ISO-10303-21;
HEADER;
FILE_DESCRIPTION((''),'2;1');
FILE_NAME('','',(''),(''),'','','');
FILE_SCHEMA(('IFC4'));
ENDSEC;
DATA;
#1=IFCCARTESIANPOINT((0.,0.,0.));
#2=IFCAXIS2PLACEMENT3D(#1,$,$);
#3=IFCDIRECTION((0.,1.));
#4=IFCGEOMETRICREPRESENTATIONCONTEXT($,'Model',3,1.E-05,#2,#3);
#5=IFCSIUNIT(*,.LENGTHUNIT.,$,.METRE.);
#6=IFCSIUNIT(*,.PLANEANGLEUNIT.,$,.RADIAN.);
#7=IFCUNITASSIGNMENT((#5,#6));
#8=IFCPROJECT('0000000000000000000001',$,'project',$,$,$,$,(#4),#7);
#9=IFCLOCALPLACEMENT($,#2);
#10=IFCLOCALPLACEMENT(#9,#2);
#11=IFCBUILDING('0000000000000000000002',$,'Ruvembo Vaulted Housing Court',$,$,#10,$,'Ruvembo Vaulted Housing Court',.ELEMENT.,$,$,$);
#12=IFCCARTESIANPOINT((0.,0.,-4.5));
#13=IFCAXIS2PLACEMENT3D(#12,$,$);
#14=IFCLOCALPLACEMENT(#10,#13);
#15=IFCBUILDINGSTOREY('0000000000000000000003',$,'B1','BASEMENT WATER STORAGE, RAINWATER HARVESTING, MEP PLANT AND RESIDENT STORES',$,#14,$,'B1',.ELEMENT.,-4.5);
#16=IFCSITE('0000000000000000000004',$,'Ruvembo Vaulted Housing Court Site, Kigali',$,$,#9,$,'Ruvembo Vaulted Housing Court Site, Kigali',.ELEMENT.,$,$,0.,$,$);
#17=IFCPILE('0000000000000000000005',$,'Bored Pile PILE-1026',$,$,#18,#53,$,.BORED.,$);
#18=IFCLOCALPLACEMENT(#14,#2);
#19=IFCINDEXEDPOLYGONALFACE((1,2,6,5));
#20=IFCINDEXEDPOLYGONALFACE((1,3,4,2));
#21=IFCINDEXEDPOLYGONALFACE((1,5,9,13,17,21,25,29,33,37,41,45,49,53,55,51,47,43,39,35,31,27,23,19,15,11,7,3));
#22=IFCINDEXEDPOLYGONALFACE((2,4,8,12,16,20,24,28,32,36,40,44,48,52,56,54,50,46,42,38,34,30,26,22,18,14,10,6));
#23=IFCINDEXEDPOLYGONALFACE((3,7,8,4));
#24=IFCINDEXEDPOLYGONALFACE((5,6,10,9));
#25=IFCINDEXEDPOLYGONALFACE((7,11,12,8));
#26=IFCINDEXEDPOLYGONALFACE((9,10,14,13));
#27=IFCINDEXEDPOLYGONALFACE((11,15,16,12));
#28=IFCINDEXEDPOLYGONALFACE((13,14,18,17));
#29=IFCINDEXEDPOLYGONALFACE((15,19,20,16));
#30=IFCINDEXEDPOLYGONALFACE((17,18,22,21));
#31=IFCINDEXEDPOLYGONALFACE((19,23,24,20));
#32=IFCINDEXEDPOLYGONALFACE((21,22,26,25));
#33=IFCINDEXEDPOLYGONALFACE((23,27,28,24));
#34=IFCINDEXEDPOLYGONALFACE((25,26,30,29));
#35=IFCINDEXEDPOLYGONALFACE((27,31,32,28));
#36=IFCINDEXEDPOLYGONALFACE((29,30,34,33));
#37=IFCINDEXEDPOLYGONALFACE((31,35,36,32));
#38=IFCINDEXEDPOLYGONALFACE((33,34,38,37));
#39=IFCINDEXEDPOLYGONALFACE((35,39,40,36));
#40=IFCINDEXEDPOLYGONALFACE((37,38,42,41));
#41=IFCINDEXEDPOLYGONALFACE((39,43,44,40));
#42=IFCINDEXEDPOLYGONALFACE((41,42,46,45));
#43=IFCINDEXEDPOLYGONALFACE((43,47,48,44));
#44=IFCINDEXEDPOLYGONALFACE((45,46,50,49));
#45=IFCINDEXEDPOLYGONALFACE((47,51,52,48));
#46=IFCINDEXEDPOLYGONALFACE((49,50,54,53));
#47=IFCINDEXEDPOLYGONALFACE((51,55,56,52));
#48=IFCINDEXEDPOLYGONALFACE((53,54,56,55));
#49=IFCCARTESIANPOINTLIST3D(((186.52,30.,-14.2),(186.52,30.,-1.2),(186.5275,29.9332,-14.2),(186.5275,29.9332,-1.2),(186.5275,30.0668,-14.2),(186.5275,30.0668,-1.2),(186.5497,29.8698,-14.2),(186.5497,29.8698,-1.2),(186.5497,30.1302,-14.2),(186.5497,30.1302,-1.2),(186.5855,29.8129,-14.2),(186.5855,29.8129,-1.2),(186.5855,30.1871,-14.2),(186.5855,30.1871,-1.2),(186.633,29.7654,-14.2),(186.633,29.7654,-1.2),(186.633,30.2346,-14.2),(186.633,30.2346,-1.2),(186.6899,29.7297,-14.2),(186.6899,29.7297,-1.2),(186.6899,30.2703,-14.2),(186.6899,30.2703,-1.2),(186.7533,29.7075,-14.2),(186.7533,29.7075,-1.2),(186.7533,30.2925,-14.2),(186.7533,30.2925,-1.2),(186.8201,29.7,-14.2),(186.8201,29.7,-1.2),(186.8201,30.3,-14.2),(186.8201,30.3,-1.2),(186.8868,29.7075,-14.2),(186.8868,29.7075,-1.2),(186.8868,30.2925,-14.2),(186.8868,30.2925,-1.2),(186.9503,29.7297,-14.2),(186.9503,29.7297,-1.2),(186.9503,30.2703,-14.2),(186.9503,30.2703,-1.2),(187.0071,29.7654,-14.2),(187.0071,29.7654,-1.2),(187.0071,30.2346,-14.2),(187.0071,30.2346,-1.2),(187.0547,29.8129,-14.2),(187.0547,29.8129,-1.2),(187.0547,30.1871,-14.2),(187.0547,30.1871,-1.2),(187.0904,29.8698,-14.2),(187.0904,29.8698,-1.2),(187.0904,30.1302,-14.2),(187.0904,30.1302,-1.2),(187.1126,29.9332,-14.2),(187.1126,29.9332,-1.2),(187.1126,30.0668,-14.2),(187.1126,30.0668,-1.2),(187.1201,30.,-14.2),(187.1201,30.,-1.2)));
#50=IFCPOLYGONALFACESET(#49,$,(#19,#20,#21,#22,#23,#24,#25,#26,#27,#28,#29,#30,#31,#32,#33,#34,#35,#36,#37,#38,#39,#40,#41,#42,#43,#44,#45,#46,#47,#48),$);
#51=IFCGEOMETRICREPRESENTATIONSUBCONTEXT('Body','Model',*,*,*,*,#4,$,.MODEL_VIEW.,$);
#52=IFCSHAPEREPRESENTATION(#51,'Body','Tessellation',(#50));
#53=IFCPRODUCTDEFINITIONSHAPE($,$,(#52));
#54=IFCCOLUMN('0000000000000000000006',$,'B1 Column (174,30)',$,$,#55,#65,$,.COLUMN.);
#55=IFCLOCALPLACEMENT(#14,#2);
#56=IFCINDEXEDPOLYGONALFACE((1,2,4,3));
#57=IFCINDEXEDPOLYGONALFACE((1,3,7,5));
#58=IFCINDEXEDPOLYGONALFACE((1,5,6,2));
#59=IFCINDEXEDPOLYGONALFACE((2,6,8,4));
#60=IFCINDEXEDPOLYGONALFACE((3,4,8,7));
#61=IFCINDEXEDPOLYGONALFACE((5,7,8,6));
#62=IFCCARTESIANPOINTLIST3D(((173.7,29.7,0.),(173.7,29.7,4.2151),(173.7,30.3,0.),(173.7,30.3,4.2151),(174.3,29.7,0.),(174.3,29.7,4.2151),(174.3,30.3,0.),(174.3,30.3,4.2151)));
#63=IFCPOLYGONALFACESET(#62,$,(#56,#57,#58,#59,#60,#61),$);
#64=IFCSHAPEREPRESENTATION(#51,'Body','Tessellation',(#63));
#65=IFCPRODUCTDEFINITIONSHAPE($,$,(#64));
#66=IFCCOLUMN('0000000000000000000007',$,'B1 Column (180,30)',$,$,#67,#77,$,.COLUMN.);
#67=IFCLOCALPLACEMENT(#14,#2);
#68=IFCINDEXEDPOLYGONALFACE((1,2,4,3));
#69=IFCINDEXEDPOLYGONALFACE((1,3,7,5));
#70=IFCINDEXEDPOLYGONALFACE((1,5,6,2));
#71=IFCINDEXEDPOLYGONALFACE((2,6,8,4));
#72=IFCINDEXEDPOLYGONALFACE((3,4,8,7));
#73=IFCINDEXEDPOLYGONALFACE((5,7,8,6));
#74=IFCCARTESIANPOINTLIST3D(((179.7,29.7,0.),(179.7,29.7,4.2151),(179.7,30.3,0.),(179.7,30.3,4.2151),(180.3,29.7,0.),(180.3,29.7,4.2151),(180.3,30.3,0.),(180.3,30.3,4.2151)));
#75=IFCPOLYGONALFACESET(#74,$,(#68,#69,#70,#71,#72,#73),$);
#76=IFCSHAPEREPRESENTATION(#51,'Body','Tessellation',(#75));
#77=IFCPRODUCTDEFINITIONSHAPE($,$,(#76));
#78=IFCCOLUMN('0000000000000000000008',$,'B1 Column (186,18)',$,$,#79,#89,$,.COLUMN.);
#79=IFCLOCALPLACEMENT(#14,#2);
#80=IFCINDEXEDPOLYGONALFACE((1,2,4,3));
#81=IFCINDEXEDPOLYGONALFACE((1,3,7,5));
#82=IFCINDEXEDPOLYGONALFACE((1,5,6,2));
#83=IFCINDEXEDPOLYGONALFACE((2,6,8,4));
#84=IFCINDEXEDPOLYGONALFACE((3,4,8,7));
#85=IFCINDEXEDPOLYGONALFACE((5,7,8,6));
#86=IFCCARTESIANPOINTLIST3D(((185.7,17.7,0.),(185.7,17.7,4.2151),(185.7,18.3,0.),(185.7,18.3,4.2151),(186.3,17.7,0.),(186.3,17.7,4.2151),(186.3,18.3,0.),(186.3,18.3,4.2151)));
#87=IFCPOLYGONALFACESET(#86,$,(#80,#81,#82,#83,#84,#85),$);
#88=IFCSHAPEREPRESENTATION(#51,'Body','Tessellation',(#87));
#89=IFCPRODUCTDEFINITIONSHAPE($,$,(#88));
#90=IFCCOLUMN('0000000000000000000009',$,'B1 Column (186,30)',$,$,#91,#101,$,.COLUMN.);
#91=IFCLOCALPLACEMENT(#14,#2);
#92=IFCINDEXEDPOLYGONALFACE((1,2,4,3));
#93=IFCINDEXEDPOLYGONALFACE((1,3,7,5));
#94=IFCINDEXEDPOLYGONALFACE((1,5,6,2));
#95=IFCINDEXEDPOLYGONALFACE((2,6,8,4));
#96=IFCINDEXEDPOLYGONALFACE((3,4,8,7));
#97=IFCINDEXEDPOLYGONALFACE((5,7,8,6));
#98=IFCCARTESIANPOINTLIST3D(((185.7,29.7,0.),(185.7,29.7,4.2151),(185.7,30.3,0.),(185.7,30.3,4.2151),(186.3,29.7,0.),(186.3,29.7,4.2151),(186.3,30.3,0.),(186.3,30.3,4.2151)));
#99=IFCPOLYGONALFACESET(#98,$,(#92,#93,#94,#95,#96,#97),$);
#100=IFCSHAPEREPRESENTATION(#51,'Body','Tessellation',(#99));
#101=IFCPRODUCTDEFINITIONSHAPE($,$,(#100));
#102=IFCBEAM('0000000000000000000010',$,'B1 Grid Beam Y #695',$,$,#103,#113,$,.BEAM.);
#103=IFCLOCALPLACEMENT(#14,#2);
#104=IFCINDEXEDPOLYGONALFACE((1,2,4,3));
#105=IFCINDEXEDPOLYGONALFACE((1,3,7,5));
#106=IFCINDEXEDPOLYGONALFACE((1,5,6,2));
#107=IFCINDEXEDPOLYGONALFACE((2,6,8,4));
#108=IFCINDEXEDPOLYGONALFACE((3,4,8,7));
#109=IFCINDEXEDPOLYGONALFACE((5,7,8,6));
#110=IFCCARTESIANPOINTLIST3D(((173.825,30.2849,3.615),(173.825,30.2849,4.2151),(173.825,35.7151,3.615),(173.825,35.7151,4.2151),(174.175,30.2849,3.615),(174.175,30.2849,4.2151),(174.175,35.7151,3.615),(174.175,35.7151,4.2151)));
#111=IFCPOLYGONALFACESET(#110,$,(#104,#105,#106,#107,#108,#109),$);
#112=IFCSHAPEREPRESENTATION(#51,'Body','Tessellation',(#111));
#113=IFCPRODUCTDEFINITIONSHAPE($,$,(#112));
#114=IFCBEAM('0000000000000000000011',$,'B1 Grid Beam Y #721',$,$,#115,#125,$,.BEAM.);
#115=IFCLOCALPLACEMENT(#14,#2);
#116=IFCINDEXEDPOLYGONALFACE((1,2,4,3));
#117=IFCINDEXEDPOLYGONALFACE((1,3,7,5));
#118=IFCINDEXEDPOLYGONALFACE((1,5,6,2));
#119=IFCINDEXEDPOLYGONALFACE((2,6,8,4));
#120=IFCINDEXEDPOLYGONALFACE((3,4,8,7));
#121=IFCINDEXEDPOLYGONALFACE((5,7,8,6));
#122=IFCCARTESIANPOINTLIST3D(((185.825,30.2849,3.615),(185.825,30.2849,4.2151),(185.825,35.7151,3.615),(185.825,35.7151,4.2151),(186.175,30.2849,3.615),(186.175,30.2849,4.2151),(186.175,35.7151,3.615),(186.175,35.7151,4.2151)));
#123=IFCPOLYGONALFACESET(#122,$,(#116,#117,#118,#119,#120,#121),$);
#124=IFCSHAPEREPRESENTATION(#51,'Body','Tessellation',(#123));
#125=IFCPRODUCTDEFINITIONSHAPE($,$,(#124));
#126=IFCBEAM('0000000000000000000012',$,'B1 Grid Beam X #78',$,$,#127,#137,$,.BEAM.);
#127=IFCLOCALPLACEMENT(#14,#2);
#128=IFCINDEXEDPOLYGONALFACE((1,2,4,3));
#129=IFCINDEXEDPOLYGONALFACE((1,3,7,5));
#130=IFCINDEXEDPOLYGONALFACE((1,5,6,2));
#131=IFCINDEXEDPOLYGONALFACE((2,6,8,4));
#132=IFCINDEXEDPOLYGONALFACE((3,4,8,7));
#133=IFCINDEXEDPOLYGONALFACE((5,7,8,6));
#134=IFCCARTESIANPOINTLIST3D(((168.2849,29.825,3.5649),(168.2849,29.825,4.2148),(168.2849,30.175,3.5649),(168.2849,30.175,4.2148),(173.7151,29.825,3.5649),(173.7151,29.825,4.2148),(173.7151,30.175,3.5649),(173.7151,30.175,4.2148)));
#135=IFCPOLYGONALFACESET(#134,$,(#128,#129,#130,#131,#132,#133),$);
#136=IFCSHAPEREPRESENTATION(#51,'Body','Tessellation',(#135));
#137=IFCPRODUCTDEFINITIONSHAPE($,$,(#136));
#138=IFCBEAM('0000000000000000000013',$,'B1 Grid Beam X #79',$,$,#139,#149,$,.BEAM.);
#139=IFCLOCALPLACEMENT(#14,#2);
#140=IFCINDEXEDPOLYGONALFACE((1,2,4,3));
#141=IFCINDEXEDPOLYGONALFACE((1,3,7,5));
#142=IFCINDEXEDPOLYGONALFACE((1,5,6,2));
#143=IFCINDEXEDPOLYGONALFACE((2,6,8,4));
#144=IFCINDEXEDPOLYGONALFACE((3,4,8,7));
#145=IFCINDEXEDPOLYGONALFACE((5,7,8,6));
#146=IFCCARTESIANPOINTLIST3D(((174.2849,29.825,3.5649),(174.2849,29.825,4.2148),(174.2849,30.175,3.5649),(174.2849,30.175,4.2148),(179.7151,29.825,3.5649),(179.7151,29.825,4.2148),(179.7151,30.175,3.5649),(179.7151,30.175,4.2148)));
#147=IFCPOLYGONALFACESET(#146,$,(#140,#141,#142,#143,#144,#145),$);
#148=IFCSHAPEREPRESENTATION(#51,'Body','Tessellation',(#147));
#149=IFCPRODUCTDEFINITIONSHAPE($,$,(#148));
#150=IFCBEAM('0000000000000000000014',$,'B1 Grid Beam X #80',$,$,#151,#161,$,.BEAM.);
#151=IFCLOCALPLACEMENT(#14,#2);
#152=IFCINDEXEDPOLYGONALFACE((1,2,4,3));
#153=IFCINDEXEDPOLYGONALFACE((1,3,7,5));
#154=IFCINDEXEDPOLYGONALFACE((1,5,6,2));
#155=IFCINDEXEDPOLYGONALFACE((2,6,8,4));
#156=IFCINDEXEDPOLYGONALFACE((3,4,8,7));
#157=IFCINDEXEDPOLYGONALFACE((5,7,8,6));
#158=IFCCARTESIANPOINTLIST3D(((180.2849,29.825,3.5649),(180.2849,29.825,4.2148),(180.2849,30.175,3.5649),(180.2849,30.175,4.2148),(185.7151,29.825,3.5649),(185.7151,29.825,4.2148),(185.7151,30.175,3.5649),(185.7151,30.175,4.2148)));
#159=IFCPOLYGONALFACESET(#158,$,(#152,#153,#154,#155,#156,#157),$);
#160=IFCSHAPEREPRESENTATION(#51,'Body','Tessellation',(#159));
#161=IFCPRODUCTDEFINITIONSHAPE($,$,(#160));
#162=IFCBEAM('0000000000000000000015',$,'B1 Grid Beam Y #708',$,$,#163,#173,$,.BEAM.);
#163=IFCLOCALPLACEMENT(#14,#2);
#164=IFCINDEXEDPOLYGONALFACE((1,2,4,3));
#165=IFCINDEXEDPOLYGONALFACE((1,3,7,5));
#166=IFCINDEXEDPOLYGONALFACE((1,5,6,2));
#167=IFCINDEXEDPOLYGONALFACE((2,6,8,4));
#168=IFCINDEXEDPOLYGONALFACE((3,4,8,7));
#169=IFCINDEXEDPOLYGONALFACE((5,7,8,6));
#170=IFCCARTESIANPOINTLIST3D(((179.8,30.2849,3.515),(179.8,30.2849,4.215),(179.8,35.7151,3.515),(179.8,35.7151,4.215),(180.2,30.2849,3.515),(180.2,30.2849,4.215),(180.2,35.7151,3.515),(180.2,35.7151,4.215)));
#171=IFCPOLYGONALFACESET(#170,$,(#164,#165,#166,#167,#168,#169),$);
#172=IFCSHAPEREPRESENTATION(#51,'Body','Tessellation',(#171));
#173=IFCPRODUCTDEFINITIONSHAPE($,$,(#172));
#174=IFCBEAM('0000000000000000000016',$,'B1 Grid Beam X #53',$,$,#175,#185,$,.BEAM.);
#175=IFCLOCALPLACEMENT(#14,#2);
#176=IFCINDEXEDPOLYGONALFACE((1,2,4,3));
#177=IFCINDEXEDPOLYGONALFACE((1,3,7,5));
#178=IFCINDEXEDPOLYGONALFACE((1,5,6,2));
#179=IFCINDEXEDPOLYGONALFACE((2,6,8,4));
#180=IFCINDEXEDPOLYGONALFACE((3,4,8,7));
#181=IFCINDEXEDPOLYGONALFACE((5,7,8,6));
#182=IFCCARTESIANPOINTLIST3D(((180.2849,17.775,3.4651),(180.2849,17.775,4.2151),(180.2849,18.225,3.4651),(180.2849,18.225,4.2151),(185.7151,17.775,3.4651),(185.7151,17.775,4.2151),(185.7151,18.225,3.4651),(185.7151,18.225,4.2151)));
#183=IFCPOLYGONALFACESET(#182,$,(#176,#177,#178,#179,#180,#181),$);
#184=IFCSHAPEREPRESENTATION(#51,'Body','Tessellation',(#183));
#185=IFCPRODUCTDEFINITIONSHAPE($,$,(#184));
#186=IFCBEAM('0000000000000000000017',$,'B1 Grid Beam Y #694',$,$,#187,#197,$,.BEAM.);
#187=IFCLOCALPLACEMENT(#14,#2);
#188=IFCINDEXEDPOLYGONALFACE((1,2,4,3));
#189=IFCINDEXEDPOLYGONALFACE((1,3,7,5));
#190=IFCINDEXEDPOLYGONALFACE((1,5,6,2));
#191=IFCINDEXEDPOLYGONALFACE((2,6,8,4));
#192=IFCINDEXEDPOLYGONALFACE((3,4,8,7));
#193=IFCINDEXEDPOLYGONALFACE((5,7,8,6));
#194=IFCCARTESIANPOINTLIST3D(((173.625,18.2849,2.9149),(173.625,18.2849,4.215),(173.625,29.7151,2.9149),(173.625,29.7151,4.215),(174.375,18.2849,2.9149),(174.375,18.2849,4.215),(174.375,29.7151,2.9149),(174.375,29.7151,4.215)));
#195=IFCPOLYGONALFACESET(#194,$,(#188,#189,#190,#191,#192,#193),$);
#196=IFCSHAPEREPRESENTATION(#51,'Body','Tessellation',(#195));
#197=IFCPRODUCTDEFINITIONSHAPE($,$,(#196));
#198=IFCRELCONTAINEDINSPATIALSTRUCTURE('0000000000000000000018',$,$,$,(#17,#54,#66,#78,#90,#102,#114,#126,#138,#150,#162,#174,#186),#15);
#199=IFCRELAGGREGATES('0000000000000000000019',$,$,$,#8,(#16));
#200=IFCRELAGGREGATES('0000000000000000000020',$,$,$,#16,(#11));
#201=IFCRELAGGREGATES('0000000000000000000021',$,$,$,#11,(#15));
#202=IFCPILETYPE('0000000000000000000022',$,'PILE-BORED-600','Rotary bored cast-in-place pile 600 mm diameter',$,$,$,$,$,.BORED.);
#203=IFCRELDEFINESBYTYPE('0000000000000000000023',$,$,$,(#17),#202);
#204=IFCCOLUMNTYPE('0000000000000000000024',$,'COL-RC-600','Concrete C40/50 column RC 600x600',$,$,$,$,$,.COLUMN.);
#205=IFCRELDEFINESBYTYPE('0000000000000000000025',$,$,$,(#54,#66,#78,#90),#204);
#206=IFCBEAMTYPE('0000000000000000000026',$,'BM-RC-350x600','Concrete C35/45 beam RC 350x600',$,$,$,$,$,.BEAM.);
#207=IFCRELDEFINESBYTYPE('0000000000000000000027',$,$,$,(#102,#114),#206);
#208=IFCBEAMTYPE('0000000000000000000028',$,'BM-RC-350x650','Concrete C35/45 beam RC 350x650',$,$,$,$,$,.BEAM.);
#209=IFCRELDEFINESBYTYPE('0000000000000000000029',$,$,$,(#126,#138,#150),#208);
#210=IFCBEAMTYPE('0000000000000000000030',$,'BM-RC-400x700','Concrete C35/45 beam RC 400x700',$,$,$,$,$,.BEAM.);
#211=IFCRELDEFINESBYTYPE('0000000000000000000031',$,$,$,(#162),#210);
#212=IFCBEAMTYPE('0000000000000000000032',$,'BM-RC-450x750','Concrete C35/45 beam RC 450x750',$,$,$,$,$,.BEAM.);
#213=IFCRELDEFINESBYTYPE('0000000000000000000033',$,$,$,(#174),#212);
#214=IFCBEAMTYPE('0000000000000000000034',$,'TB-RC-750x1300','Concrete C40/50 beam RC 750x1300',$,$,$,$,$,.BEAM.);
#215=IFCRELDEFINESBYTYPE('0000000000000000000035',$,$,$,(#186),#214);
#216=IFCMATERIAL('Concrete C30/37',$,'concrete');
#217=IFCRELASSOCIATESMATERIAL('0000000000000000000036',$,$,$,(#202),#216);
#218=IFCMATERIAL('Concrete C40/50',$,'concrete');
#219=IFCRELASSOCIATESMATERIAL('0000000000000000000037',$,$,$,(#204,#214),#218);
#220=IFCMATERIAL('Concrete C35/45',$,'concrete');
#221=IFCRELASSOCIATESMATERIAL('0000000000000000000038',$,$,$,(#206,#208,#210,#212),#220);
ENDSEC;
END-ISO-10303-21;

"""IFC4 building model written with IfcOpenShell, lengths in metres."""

from ifc_helpers import new_model, si_unit, direction, frame, origin, origin_2d, place, context, subcontext, project, spatial, rectangle, circle, extrude, material, material_profile, profile_set, type_object, element, save


model = new_model("IFC4")

# Units and contexts
model_context = context("Model", 3, precision=1e-05, world=origin(), true_north=direction((0.0, 1.0)))
body_context = subcontext(model_context, "Body", "Model", "MODEL_VIEW")
ifc_project = project(units=[si_unit("LENGTHUNIT", "METRE"), si_unit("PLANEANGLEUNIT", "RADIAN")], contexts=[model_context])

# Site, building, storey
site_placement = place(None, origin())
site = spatial("IfcSite", under=ifc_project, at=site_placement, Name="Ruvembo Vaulted Housing Court Site, Kigali", LongName="Ruvembo Vaulted Housing Court Site, Kigali", CompositionType="ELEMENT", RefElevation=0.0)
building_placement = place(site_placement, origin())
building = spatial("IfcBuilding", under=site, at=building_placement, Name="Ruvembo Vaulted Housing Court", LongName="Ruvembo Vaulted Housing Court", CompositionType="ELEMENT")
storey_placement = place(building_placement, frame((0.0, 0.0, -4.5)))
storey = spatial("IfcBuildingStorey", under=building, at=storey_placement, Name="B1", Description="BASEMENT WATER STORAGE, RAINWATER HARVESTING, MEP PLANT AND RESIDENT STORES", LongName="B1", CompositionType="ELEMENT", Elevation=-4.5)

# Shared definitions
ifc_material_1 = material(Name="Concrete C35/45", Category="concrete")

# Pile
ifc_material_2 = material(Name="Concrete C30/37", Category="concrete")
ifc_material_profile_1 = material_profile(ifc_material_2, circle(Radius=0.3, at=origin_2d()), Name="PILE D600")
ifc_profile_set_1 = profile_set([ifc_material_profile_1], Name="Concrete C30/37")
pile_type = type_object("IfcPileType", Name="PILE-BORED-600", Description="Rotary bored cast-in-place pile 600 mm diameter", PredefinedType="BORED", material=ifc_profile_set_1)
for number, where, z_axis, x_axis, name in (
    (1, (186.8201, 30.0, -1.2), (0.0, 0.0, -1.0), (1.0, 0.0, 0.0), "Bored Pile PILE-1026"),
):
    element("IfcPile", number, at=place(storey_placement, frame(where, z_axis=z_axis, x_axis=x_axis)), inside=storey, type_object=pile_type, Name=name, PredefinedType="BORED", context=body_context, shape_type="SweptSolid", body=[
        extrude(circle(Radius=0.3, at=origin_2d()), origin(), (0.0, 0.0, 1.0), 13.0),
    ])

# Columns
ifc_material_3 = material(Name="Concrete C40/50", Category="concrete")
ifc_material_profile_2 = material_profile(ifc_material_3, rectangle(XDim=0.6001, YDim=0.6001, at=origin_2d()), Name="RC 600x600")
ifc_profile_set_2 = profile_set([ifc_material_profile_2], Name="Concrete C40/50")
column_type = type_object("IfcColumnType", Name="COL-RC-600", Description="Concrete C40/50 column RC 600x600", PredefinedType="COLUMN", material=ifc_profile_set_2)
for number, where, z_axis, x_axis, name in (
    (2, (174.0, 30.0, 0.0), (0.0, 0.0, 1.0), (1.0, 0.0, 0.0), "B1 Column (174,30)"),
    (3, (180.0, 30.0, 0.0), (0.0, 0.0, 1.0), (1.0, 0.0, 0.0), "B1 Column (180,30)"),
    (4, (186.0, 18.0, 0.0), (0.0, 0.0, 1.0), (1.0, 0.0, 0.0), "B1 Column (186,18)"),
    (5, (186.0, 30.0, 0.0), (0.0, 0.0, 1.0), (1.0, 0.0, 0.0), "B1 Column (186,30)"),
):
    element("IfcColumn", number, at=place(storey_placement, frame(where, z_axis=z_axis, x_axis=x_axis)), inside=storey, type_object=column_type, Name=name, PredefinedType="COLUMN", context=body_context, shape_type="SweptSolid", body=[
        extrude(rectangle(XDim=0.6001, YDim=0.6001, at=origin_2d()), origin(), (0.0, 0.0, 1.0), 4.2151),
    ])

# Beams
ifc_material_profile_3 = material_profile(ifc_material_1, rectangle(XDim=0.3501, YDim=0.6001, at=origin_2d()), Name="RC 350x600")
ifc_profile_set_3 = profile_set([ifc_material_profile_3], Name="Concrete C35/45")
beam_type_1 = type_object("IfcBeamType", Name="BM-RC-350x600", Description="Concrete C35/45 beam RC 350x600", PredefinedType="BEAM", material=ifc_profile_set_3)
for number, where, z_axis, x_axis, name in (
    (6, (174.0, 30.2849, 3.915), (0.0, 1.0, 0.0), (-1.0, 0.0, 0.0), "B1 Grid Beam Y #695"),
    (7, (186.0, 30.2849, 3.915), (0.0, 1.0, 0.0), (-1.0, 0.0, 0.0), "B1 Grid Beam Y #721"),
):
    element("IfcBeam", number, at=place(storey_placement, frame(where, z_axis=z_axis, x_axis=x_axis)), inside=storey, type_object=beam_type_1, Name=name, PredefinedType="BEAM", context=body_context, shape_type="SweptSolid", body=[
        extrude(rectangle(XDim=0.3501, YDim=0.6001, at=origin_2d()), origin(), (0.0, 0.0, 1.0), 5.4302),
    ])
ifc_material_profile_4 = material_profile(ifc_material_1, rectangle(XDim=0.3501, YDim=0.6499, at=origin_2d()), Name="RC 350x650")
ifc_profile_set_4 = profile_set([ifc_material_profile_4], Name="Concrete C35/45")
beam_type_2 = type_object("IfcBeamType", Name="BM-RC-350x650", Description="Concrete C35/45 beam RC 350x650", PredefinedType="BEAM", material=ifc_profile_set_4)
for number, where, z_axis, x_axis, name in (
    (8, (168.2849, 30.0, 3.8899), (1.0, 0.0, 0.0), (0.0, 1.0, 0.0), "B1 Grid Beam X #78"),
    (9, (174.2849, 30.0, 3.8899), (1.0, 0.0, 0.0), (0.0, 1.0, 0.0), "B1 Grid Beam X #79"),
    (10, (180.2849, 30.0, 3.8899), (1.0, 0.0, 0.0), (0.0, 1.0, 0.0), "B1 Grid Beam X #80"),
):
    element("IfcBeam", number, at=place(storey_placement, frame(where, z_axis=z_axis, x_axis=x_axis)), inside=storey, type_object=beam_type_2, Name=name, PredefinedType="BEAM", context=body_context, shape_type="SweptSolid", body=[
        extrude(rectangle(XDim=0.3501, YDim=0.6499, at=origin_2d()), origin(), (0.0, 0.0, 1.0), 5.4302),
    ])
ifc_material_profile_5 = material_profile(ifc_material_1, rectangle(XDim=0.3999, YDim=0.7, at=origin_2d()), Name="RC 400x700")
ifc_profile_set_5 = profile_set([ifc_material_profile_5], Name="Concrete C35/45")
beam_type_3 = type_object("IfcBeamType", Name="BM-RC-400x700", Description="Concrete C35/45 beam RC 400x700", PredefinedType="BEAM", material=ifc_profile_set_5)
beam_1_placement = place(storey_placement, frame((180.0, 30.2849, 3.865), z_axis=(0.0, 1.0, 0.0), x_axis=(-1.0, 0.0, 0.0)))
element("IfcBeam", 11, at=beam_1_placement, inside=storey, type_object=beam_type_3, Name="B1 Grid Beam Y #708", PredefinedType="BEAM", context=body_context, shape_type="SweptSolid", body=[
    extrude(rectangle(XDim=0.3999, YDim=0.7, at=origin_2d()), origin(), (0.0, 0.0, 1.0), 5.4302),
])
ifc_material_profile_6 = material_profile(ifc_material_1, rectangle(XDim=0.45, YDim=0.75, at=origin_2d()), Name="RC 450x750")
ifc_profile_set_6 = profile_set([ifc_material_profile_6], Name="Concrete C35/45")
beam_type_4 = type_object("IfcBeamType", Name="BM-RC-450x750", Description="Concrete C35/45 beam RC 450x750", PredefinedType="BEAM", material=ifc_profile_set_6)
beam_2_placement = place(storey_placement, frame((180.2849, 18.0, 3.8401), z_axis=(1.0, 0.0, 0.0), x_axis=(0.0, 1.0, 0.0)))
element("IfcBeam", 12, at=beam_2_placement, inside=storey, type_object=beam_type_4, Name="B1 Grid Beam X #53", PredefinedType="BEAM", context=body_context, shape_type="SweptSolid", body=[
    extrude(rectangle(XDim=0.45, YDim=0.75, at=origin_2d()), origin(), (0.0, 0.0, 1.0), 5.4302),
])
ifc_material_profile_7 = material_profile(ifc_material_3, rectangle(XDim=0.75, YDim=1.3, at=origin_2d()), Name="RC 750x1300")
ifc_profile_set_7 = profile_set([ifc_material_profile_7], Name="Concrete C40/50")
beam_type_5 = type_object("IfcBeamType", Name="TB-RC-750x1300", Description="Concrete C40/50 beam RC 750x1300", PredefinedType="BEAM", material=ifc_profile_set_7)
for number, where, z_axis, x_axis, name in (
    (13, (174.0, 18.2849, 3.5649), (0.0, 1.0, 0.0), (-1.0, 0.0, 0.0), "B1 Grid Beam Y #694"),
):
    element("IfcBeam", number, at=place(storey_placement, frame(where, z_axis=z_axis, x_axis=x_axis)), inside=storey, type_object=beam_type_5, Name=name, PredefinedType="BEAM", context=body_context, shape_type="SweptSolid", body=[
        extrude(rectangle(XDim=0.75, YDim=1.3, at=origin_2d()), origin(), (0.0, 0.0, 1.0), 11.4302),
    ])

save(model, "model.ifc")
